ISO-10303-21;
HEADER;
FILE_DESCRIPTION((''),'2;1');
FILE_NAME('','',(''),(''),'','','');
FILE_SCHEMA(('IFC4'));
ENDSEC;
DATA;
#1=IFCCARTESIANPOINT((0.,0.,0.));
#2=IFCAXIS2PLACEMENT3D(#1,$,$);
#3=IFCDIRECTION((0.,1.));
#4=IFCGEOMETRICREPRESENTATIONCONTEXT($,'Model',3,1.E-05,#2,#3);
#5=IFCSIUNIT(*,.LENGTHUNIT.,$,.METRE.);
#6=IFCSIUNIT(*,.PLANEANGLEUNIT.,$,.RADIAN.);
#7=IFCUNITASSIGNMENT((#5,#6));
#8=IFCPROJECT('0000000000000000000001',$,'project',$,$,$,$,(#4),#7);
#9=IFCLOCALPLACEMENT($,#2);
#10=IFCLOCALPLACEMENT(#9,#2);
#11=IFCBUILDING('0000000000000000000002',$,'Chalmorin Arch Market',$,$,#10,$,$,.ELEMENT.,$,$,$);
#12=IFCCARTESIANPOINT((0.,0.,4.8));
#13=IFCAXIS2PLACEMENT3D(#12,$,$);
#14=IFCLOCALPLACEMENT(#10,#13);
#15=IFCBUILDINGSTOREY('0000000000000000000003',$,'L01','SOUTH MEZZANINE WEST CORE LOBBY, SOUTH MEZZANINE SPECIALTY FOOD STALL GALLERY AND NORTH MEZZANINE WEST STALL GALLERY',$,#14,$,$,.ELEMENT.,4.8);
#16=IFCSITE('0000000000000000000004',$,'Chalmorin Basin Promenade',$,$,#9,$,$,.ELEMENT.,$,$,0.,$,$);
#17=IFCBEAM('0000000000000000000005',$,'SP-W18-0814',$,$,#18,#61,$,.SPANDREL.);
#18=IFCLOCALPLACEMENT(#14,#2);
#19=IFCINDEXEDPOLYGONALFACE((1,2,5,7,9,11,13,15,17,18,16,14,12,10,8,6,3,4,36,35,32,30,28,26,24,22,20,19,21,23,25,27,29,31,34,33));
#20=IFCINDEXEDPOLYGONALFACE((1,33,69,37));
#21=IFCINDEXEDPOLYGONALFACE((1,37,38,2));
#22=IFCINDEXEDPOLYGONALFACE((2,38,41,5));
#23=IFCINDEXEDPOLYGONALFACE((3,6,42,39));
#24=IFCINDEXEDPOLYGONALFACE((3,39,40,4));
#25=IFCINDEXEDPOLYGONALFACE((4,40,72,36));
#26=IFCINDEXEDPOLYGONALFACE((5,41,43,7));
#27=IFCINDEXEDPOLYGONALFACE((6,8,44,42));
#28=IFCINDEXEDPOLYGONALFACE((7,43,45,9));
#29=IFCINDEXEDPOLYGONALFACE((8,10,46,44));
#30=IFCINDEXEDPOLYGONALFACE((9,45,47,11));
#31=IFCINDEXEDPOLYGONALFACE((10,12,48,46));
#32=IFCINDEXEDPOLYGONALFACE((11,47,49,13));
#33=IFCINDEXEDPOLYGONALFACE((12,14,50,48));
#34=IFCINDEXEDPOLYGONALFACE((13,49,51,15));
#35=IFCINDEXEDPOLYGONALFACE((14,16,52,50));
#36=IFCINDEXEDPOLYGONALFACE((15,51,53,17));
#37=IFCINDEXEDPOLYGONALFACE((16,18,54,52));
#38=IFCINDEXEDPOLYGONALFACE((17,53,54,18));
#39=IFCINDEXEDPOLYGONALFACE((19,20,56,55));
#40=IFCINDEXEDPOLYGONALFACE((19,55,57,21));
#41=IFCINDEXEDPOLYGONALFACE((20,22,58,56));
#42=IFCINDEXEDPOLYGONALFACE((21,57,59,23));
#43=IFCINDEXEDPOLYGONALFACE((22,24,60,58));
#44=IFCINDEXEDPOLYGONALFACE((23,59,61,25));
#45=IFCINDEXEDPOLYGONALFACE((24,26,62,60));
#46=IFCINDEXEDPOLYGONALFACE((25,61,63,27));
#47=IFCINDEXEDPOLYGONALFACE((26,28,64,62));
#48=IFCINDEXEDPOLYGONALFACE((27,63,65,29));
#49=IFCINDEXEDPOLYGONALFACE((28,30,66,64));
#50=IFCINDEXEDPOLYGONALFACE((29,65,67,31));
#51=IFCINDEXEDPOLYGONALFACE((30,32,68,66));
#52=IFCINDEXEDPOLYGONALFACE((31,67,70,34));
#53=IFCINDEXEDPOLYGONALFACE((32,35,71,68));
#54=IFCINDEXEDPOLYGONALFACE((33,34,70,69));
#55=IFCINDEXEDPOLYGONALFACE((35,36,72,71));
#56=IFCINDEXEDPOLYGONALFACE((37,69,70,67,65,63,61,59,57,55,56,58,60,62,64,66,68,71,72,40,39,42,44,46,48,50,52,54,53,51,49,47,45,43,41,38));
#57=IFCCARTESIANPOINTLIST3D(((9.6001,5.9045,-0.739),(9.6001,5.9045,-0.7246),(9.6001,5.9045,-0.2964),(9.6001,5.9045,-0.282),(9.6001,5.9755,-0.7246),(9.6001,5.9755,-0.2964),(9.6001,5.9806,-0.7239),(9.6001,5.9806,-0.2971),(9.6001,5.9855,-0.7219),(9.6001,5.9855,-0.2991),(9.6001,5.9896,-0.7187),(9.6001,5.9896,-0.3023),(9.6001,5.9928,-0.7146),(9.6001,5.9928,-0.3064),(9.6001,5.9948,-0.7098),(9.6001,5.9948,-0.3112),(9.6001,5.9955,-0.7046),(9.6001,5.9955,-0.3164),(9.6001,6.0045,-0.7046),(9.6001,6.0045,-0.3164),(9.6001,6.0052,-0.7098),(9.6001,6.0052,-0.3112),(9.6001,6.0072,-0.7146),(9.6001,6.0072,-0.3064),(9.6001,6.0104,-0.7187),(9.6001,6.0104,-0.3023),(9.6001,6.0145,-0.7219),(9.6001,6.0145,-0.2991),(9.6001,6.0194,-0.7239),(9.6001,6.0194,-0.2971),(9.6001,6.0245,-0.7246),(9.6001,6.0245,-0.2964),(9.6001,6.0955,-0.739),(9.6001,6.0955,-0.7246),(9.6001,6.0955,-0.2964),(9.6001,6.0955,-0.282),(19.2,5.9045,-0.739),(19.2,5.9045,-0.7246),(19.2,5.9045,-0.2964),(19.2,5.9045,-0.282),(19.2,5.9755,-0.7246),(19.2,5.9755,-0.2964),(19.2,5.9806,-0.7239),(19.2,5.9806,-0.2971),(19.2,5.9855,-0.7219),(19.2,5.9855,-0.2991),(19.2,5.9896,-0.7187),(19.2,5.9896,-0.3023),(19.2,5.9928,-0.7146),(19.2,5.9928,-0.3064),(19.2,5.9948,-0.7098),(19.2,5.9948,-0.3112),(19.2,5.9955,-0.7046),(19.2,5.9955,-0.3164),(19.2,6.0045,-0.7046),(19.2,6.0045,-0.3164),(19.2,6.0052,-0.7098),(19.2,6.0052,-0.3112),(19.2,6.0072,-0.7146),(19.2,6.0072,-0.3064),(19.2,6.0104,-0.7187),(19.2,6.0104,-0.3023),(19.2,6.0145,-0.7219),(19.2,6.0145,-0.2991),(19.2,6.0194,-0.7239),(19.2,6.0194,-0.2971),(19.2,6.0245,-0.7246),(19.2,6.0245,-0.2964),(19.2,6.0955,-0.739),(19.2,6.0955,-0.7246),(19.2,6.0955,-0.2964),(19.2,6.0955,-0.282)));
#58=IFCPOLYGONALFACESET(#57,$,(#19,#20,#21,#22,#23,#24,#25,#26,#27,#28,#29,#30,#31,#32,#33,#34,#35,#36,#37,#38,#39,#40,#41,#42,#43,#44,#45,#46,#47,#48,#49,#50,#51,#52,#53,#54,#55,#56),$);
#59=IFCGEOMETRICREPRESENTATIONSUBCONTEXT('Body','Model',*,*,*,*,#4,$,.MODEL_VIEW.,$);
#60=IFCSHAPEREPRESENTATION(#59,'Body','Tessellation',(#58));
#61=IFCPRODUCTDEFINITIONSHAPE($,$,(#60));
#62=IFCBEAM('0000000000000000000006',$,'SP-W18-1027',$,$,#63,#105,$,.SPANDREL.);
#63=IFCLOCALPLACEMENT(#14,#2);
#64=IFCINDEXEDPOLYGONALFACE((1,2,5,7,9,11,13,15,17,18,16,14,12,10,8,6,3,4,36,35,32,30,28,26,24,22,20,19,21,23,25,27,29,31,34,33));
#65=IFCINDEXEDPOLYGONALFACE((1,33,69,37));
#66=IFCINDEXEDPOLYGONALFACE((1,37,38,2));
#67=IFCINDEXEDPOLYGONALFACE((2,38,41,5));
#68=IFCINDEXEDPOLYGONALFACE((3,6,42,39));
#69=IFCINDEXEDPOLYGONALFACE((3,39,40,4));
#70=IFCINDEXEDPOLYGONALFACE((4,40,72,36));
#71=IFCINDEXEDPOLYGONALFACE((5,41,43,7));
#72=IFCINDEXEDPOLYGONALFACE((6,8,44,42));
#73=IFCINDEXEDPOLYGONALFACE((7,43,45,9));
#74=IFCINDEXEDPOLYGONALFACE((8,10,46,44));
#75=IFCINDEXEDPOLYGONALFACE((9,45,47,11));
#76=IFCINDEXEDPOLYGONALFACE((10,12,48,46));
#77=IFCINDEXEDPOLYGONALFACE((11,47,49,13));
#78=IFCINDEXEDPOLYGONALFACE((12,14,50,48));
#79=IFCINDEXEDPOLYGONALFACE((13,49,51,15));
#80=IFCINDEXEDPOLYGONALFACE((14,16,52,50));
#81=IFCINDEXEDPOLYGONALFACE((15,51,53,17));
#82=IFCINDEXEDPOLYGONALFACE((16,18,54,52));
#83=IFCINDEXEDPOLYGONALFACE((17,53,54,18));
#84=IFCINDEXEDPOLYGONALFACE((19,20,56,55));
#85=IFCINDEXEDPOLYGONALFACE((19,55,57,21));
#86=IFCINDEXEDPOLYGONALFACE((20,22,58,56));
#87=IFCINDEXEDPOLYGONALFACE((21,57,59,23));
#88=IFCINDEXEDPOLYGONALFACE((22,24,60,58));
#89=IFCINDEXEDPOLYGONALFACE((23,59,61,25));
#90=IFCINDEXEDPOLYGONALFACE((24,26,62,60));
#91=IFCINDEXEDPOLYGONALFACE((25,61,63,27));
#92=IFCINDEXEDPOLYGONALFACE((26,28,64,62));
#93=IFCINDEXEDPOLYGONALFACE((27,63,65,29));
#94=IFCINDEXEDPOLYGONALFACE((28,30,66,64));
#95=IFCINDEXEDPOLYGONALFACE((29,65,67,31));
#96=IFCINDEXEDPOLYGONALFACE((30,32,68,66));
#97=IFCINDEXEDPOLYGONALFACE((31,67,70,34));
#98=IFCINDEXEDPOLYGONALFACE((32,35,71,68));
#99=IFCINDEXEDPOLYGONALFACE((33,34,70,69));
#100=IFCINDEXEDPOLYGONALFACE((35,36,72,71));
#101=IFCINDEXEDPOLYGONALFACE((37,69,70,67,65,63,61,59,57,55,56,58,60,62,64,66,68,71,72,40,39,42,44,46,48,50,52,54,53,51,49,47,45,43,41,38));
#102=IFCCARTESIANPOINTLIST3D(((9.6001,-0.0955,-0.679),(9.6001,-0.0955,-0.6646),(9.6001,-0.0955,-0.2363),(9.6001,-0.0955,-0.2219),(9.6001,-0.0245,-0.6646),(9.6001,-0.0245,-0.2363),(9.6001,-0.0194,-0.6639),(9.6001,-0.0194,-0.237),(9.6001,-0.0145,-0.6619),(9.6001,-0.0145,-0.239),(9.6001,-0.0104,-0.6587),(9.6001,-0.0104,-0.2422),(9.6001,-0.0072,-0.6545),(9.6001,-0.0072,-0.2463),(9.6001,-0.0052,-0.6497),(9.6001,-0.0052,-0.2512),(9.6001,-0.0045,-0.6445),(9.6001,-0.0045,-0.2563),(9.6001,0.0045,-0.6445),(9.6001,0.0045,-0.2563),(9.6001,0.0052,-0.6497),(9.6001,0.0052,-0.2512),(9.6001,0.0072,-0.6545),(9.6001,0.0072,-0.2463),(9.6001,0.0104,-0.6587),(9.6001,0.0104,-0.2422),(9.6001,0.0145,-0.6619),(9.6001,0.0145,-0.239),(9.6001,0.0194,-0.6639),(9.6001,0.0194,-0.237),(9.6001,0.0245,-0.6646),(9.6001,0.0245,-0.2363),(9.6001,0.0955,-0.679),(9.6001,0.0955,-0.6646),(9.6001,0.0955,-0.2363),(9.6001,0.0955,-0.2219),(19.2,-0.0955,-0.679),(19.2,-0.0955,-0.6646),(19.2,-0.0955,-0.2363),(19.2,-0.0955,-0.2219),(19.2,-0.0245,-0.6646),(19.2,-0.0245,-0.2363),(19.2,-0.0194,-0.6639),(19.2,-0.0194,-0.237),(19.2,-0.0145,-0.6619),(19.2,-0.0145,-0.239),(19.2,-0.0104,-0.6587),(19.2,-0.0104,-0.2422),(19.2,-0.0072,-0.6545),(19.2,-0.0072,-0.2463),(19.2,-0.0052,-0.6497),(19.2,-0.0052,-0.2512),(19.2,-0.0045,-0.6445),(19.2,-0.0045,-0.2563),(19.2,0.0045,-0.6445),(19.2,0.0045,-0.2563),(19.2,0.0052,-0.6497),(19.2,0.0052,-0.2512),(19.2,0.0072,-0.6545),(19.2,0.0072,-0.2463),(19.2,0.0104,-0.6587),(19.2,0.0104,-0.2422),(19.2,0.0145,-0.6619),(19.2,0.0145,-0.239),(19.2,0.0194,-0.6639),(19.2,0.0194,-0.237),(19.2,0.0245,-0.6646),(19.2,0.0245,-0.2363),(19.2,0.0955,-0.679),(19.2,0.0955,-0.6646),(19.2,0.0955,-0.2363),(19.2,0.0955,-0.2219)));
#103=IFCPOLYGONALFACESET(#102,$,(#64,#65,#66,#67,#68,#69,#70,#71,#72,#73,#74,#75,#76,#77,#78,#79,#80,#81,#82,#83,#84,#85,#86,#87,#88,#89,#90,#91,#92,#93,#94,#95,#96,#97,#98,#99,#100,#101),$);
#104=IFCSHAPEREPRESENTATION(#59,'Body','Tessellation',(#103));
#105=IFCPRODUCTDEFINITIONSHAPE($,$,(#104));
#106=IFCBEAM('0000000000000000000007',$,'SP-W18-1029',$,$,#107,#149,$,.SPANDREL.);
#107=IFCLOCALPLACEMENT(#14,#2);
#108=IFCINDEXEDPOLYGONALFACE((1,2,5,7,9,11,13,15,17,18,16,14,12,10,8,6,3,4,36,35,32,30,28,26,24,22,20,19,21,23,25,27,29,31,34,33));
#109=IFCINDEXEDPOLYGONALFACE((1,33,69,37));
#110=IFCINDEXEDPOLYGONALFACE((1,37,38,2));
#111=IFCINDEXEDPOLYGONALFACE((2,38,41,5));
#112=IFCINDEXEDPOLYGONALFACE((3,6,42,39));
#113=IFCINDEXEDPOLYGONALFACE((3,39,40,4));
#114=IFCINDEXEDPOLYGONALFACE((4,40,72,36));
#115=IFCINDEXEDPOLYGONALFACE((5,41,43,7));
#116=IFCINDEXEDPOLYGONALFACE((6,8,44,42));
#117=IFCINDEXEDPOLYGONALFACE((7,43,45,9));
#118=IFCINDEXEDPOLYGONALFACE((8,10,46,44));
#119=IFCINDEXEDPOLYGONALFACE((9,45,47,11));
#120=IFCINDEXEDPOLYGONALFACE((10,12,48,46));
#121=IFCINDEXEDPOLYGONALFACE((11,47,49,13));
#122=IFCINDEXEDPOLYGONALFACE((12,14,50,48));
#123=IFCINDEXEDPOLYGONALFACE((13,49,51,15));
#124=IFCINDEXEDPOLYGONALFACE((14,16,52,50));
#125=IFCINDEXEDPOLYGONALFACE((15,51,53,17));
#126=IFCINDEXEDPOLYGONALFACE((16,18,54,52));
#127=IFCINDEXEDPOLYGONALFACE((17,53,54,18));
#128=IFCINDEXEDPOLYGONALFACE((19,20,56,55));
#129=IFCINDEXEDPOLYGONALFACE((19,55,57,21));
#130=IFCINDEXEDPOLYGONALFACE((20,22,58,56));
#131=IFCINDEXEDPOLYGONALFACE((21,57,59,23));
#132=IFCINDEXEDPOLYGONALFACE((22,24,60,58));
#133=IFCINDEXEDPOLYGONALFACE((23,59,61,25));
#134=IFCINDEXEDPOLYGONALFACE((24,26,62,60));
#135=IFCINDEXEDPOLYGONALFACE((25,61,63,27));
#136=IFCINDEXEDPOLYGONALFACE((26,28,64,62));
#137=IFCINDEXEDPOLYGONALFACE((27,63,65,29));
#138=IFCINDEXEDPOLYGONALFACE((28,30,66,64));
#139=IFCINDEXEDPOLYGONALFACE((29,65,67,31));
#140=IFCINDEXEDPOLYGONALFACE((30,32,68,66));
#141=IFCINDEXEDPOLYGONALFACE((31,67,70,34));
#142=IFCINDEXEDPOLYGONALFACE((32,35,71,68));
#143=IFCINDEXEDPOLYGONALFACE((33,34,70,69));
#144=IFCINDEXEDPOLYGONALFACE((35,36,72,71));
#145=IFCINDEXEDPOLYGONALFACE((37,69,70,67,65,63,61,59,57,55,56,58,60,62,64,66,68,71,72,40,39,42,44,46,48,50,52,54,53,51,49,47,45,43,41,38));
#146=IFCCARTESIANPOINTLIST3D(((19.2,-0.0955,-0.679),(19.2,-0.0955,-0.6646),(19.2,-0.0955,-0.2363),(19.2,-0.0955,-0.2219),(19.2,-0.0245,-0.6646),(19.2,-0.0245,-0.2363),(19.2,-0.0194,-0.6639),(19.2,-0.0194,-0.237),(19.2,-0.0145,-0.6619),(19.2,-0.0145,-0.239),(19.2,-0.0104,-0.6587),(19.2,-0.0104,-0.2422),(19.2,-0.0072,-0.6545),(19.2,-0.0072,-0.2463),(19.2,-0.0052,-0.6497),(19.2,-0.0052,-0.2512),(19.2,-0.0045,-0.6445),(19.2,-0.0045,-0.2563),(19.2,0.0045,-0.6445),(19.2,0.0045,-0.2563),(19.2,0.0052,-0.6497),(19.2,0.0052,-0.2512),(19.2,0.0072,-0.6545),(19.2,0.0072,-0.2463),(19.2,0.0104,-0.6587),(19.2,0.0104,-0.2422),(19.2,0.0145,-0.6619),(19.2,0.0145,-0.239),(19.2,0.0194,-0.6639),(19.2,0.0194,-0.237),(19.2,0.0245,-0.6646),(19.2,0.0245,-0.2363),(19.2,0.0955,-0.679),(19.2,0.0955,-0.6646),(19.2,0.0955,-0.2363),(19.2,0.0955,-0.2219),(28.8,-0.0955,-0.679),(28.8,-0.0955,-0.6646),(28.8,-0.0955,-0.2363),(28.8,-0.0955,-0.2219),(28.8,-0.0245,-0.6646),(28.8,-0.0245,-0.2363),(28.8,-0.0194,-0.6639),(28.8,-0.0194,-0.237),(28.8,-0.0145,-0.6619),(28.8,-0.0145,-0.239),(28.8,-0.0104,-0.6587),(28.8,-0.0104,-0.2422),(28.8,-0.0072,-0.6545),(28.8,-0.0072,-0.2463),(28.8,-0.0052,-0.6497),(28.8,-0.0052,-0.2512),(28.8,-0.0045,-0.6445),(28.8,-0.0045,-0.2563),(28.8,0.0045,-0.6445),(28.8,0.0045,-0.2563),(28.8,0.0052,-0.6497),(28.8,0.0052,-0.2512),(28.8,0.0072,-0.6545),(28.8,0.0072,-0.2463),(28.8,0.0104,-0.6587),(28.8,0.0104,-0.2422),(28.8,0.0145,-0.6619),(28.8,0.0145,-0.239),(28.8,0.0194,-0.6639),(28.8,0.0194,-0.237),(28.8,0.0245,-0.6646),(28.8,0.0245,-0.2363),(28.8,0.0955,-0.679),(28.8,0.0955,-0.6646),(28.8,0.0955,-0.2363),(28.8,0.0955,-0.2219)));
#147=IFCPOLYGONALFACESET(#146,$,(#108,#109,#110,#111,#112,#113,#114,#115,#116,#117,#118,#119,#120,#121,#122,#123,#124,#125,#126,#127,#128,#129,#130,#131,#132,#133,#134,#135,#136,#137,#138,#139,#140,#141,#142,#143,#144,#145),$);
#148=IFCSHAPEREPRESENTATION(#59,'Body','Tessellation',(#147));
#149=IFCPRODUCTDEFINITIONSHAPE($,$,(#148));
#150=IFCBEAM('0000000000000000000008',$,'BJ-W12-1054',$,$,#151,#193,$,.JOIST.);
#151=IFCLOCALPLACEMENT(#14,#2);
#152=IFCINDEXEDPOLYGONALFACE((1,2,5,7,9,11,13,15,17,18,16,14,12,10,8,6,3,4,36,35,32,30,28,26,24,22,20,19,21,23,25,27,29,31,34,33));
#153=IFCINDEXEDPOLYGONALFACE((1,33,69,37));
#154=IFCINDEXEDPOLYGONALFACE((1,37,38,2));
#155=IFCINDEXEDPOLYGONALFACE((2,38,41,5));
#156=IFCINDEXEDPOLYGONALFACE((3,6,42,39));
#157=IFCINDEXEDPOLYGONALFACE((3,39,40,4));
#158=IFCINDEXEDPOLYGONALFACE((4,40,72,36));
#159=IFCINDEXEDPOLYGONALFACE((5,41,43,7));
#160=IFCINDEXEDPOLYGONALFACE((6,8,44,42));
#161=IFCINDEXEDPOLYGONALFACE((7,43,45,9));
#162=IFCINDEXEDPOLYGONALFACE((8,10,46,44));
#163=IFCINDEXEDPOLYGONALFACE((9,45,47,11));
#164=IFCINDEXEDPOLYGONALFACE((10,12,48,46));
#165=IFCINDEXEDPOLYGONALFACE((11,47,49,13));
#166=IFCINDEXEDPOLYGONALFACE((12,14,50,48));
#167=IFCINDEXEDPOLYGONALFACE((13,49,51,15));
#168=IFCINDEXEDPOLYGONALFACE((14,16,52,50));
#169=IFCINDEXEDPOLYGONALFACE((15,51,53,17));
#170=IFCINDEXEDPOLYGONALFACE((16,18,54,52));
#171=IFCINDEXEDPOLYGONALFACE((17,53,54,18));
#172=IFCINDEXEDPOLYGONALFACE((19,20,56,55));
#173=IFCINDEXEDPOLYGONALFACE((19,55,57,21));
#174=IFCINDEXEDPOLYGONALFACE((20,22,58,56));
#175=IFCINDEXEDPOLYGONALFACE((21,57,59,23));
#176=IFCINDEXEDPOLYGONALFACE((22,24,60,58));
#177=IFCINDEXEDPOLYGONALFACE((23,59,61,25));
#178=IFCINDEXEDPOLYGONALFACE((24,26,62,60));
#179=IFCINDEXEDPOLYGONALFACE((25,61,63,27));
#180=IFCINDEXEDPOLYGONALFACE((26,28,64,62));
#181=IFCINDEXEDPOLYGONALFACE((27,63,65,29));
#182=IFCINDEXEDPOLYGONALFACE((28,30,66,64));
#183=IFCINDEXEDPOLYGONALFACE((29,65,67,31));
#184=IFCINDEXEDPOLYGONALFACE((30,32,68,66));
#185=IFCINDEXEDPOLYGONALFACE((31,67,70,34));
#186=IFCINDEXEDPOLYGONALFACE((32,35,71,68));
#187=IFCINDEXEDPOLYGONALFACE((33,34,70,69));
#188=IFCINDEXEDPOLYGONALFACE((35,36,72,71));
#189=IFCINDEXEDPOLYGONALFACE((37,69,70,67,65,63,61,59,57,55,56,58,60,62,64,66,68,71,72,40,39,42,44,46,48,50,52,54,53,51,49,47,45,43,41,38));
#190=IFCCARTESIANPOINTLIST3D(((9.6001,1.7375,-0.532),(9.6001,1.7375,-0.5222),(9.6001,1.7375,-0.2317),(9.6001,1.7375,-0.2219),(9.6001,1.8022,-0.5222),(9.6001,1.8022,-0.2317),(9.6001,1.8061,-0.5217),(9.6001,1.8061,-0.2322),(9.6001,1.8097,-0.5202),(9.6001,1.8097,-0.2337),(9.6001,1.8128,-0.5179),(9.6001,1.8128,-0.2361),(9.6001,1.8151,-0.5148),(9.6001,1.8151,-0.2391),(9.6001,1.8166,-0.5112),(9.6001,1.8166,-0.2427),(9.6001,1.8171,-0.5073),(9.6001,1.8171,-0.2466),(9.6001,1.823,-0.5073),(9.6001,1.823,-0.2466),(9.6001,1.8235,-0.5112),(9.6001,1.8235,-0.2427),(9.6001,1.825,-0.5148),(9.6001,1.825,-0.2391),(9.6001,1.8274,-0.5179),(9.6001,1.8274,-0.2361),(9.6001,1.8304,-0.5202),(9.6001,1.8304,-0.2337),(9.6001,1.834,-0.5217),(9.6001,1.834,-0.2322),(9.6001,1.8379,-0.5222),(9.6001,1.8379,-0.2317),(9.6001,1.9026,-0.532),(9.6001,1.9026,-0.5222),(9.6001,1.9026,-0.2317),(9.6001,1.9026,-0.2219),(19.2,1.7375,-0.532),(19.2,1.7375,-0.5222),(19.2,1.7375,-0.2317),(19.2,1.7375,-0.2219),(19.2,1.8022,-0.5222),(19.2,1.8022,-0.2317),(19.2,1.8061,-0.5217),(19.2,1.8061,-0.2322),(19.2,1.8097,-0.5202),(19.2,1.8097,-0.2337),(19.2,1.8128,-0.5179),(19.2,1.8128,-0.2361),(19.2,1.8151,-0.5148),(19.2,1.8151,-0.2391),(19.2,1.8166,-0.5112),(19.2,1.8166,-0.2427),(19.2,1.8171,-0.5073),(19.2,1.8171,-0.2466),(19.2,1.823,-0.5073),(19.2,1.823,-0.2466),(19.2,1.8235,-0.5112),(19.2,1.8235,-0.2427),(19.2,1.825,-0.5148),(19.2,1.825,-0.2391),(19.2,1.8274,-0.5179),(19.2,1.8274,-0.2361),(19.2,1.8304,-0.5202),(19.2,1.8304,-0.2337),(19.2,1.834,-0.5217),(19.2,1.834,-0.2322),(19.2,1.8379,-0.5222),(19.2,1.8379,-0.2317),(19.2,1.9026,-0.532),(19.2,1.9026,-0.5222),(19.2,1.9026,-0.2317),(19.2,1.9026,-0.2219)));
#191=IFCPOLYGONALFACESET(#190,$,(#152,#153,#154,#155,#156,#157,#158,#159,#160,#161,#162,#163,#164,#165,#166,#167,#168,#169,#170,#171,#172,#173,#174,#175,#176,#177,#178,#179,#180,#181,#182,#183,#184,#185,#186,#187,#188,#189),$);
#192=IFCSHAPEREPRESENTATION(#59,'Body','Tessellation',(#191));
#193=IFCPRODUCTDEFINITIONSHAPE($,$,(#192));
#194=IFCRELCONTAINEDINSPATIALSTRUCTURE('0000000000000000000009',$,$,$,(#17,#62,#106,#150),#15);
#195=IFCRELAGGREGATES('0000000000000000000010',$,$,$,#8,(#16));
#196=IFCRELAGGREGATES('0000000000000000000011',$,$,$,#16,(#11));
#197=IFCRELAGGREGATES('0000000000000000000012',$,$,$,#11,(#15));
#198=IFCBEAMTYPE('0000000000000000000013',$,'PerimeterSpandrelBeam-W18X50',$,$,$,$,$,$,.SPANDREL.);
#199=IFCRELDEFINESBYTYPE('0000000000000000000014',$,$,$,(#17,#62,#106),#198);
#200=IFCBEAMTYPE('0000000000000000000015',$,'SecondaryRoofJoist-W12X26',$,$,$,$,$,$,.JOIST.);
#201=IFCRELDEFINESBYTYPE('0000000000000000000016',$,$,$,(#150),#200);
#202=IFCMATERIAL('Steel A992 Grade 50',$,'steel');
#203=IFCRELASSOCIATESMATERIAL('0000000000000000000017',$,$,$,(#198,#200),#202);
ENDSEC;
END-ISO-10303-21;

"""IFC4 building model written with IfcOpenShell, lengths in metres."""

from ifc_helpers import new_model, si_unit, direction, frame, origin, origin_2d, place, context, subcontext, project, spatial, i_section, extrude, material, material_profile, profile_set, type_object, element, save


model = new_model("IFC4")

# Units and contexts
model_context = context("Model", 3, precision=1e-05, world=origin(), true_north=direction((0.0, 1.0)))
body_context = subcontext(model_context, "Body", "Model", "MODEL_VIEW")
ifc_project = project(units=[si_unit("LENGTHUNIT", "METRE"), si_unit("PLANEANGLEUNIT", "RADIAN")], contexts=[model_context])

# Site, building, storey
site_placement = place(None, origin())
site = spatial("IfcSite", under=ifc_project, at=site_placement, Name="Chalmorin Basin Promenade", CompositionType="ELEMENT", RefElevation=0.0)
building_placement = place(site_placement, origin())
building = spatial("IfcBuilding", under=site, at=building_placement, Name="Chalmorin Arch Market", CompositionType="ELEMENT")
storey_placement = place(building_placement, frame((0.0, 0.0, 4.8)))
storey = spatial("IfcBuildingStorey", under=building, at=storey_placement, Name="L01", Description="SOUTH MEZZANINE WEST CORE LOBBY, SOUTH MEZZANINE SPECIALTY FOOD STALL GALLERY AND NORTH MEZZANINE WEST STALL GALLERY", CompositionType="ELEMENT", Elevation=4.8)

# Beams
ifc_material_1 = material(Name="Steel A992 Grade 50", Category="steel")
ifc_material_profile_1 = material_profile(ifc_material_1, i_section(OverallWidth=0.1909, OverallDepth=0.457, WebThickness=0.009, FlangeThickness=0.0144, FilletRadius=0.02, at=origin_2d()), Name="W18X50")
ifc_profile_set_1 = profile_set([ifc_material_profile_1], Name="Steel A992 Grade 50")
beam_type_1 = type_object("IfcBeamType", Name="PerimeterSpandrelBeam-W18X50", PredefinedType="SPANDREL", material=ifc_profile_set_1)
for number, where, z_axis, x_axis, name in (
    (1, (9.6001, 6.0, -0.5105), (1.0, 0.0, 0.0), (0.0, 1.0, 0.0), "SP-W18-0814"),
    (2, (9.6001, 0.0, -0.4504), (1.0, 0.0, 0.0), (0.0, 1.0, 0.0), "SP-W18-1027"),
):
    element("IfcBeam", number, at=place(storey_placement, frame(where, z_axis=z_axis, x_axis=x_axis)), inside=storey, type_object=beam_type_1, Name=name, PredefinedType="SPANDREL", context=body_context, shape_type="SweptSolid", body=[
        extrude(i_section(OverallWidth=0.1909, OverallDepth=0.457, WebThickness=0.009, FlangeThickness=0.0144, FilletRadius=0.02, at=origin_2d()), origin(), (0.0, 0.0, 1.0), 9.5999),
    ])
beam_1_placement = place(storey_placement, frame((19.2, 0.0, -0.4504), z_axis=(1.0, 0.0, 0.0), x_axis=(0.0, 1.0, 0.0)))
element("IfcBeam", 3, at=beam_1_placement, inside=storey, type_object=beam_type_1, Name="SP-W18-1029", PredefinedType="SPANDREL", context=body_context, shape_type="SweptSolid", body=[
    extrude(i_section(OverallWidth=0.1909, OverallDepth=0.457, WebThickness=0.009, FlangeThickness=0.0144, FilletRadius=0.02, at=origin_2d()), origin(), (0.0, 0.0, 1.0), 9.6001),
])
ifc_material_profile_2 = material_profile(ifc_material_1, i_section(OverallWidth=0.165, OverallDepth=0.3101, WebThickness=0.0059, FlangeThickness=0.0098, FilletRadius=0.0149, at=origin_2d()), Name="W12X26")
ifc_profile_set_2 = profile_set([ifc_material_profile_2], Name="Steel A992 Grade 50")
beam_type_2 = type_object("IfcBeamType", Name="SecondaryRoofJoist-W12X26", PredefinedType="JOIST", material=ifc_profile_set_2)
for number, where, z_axis, x_axis, name in (
    (4, (9.6001, 1.8201, -0.377), (1.0, 0.0, 0.0), (0.0, 1.0, 0.0), "BJ-W12-1054"),
):
    element("IfcBeam", number, at=place(storey_placement, frame(where, z_axis=z_axis, x_axis=x_axis)), inside=storey, type_object=beam_type_2, Name=name, PredefinedType="JOIST", context=body_context, shape_type="SweptSolid", body=[
        extrude(i_section(OverallWidth=0.165, OverallDepth=0.3101, WebThickness=0.0059, FlangeThickness=0.0098, FilletRadius=0.0149, at=origin_2d()), origin(), (0.0, 0.0, 1.0), 9.5999),
    ])

save(model, "model.ifc")
